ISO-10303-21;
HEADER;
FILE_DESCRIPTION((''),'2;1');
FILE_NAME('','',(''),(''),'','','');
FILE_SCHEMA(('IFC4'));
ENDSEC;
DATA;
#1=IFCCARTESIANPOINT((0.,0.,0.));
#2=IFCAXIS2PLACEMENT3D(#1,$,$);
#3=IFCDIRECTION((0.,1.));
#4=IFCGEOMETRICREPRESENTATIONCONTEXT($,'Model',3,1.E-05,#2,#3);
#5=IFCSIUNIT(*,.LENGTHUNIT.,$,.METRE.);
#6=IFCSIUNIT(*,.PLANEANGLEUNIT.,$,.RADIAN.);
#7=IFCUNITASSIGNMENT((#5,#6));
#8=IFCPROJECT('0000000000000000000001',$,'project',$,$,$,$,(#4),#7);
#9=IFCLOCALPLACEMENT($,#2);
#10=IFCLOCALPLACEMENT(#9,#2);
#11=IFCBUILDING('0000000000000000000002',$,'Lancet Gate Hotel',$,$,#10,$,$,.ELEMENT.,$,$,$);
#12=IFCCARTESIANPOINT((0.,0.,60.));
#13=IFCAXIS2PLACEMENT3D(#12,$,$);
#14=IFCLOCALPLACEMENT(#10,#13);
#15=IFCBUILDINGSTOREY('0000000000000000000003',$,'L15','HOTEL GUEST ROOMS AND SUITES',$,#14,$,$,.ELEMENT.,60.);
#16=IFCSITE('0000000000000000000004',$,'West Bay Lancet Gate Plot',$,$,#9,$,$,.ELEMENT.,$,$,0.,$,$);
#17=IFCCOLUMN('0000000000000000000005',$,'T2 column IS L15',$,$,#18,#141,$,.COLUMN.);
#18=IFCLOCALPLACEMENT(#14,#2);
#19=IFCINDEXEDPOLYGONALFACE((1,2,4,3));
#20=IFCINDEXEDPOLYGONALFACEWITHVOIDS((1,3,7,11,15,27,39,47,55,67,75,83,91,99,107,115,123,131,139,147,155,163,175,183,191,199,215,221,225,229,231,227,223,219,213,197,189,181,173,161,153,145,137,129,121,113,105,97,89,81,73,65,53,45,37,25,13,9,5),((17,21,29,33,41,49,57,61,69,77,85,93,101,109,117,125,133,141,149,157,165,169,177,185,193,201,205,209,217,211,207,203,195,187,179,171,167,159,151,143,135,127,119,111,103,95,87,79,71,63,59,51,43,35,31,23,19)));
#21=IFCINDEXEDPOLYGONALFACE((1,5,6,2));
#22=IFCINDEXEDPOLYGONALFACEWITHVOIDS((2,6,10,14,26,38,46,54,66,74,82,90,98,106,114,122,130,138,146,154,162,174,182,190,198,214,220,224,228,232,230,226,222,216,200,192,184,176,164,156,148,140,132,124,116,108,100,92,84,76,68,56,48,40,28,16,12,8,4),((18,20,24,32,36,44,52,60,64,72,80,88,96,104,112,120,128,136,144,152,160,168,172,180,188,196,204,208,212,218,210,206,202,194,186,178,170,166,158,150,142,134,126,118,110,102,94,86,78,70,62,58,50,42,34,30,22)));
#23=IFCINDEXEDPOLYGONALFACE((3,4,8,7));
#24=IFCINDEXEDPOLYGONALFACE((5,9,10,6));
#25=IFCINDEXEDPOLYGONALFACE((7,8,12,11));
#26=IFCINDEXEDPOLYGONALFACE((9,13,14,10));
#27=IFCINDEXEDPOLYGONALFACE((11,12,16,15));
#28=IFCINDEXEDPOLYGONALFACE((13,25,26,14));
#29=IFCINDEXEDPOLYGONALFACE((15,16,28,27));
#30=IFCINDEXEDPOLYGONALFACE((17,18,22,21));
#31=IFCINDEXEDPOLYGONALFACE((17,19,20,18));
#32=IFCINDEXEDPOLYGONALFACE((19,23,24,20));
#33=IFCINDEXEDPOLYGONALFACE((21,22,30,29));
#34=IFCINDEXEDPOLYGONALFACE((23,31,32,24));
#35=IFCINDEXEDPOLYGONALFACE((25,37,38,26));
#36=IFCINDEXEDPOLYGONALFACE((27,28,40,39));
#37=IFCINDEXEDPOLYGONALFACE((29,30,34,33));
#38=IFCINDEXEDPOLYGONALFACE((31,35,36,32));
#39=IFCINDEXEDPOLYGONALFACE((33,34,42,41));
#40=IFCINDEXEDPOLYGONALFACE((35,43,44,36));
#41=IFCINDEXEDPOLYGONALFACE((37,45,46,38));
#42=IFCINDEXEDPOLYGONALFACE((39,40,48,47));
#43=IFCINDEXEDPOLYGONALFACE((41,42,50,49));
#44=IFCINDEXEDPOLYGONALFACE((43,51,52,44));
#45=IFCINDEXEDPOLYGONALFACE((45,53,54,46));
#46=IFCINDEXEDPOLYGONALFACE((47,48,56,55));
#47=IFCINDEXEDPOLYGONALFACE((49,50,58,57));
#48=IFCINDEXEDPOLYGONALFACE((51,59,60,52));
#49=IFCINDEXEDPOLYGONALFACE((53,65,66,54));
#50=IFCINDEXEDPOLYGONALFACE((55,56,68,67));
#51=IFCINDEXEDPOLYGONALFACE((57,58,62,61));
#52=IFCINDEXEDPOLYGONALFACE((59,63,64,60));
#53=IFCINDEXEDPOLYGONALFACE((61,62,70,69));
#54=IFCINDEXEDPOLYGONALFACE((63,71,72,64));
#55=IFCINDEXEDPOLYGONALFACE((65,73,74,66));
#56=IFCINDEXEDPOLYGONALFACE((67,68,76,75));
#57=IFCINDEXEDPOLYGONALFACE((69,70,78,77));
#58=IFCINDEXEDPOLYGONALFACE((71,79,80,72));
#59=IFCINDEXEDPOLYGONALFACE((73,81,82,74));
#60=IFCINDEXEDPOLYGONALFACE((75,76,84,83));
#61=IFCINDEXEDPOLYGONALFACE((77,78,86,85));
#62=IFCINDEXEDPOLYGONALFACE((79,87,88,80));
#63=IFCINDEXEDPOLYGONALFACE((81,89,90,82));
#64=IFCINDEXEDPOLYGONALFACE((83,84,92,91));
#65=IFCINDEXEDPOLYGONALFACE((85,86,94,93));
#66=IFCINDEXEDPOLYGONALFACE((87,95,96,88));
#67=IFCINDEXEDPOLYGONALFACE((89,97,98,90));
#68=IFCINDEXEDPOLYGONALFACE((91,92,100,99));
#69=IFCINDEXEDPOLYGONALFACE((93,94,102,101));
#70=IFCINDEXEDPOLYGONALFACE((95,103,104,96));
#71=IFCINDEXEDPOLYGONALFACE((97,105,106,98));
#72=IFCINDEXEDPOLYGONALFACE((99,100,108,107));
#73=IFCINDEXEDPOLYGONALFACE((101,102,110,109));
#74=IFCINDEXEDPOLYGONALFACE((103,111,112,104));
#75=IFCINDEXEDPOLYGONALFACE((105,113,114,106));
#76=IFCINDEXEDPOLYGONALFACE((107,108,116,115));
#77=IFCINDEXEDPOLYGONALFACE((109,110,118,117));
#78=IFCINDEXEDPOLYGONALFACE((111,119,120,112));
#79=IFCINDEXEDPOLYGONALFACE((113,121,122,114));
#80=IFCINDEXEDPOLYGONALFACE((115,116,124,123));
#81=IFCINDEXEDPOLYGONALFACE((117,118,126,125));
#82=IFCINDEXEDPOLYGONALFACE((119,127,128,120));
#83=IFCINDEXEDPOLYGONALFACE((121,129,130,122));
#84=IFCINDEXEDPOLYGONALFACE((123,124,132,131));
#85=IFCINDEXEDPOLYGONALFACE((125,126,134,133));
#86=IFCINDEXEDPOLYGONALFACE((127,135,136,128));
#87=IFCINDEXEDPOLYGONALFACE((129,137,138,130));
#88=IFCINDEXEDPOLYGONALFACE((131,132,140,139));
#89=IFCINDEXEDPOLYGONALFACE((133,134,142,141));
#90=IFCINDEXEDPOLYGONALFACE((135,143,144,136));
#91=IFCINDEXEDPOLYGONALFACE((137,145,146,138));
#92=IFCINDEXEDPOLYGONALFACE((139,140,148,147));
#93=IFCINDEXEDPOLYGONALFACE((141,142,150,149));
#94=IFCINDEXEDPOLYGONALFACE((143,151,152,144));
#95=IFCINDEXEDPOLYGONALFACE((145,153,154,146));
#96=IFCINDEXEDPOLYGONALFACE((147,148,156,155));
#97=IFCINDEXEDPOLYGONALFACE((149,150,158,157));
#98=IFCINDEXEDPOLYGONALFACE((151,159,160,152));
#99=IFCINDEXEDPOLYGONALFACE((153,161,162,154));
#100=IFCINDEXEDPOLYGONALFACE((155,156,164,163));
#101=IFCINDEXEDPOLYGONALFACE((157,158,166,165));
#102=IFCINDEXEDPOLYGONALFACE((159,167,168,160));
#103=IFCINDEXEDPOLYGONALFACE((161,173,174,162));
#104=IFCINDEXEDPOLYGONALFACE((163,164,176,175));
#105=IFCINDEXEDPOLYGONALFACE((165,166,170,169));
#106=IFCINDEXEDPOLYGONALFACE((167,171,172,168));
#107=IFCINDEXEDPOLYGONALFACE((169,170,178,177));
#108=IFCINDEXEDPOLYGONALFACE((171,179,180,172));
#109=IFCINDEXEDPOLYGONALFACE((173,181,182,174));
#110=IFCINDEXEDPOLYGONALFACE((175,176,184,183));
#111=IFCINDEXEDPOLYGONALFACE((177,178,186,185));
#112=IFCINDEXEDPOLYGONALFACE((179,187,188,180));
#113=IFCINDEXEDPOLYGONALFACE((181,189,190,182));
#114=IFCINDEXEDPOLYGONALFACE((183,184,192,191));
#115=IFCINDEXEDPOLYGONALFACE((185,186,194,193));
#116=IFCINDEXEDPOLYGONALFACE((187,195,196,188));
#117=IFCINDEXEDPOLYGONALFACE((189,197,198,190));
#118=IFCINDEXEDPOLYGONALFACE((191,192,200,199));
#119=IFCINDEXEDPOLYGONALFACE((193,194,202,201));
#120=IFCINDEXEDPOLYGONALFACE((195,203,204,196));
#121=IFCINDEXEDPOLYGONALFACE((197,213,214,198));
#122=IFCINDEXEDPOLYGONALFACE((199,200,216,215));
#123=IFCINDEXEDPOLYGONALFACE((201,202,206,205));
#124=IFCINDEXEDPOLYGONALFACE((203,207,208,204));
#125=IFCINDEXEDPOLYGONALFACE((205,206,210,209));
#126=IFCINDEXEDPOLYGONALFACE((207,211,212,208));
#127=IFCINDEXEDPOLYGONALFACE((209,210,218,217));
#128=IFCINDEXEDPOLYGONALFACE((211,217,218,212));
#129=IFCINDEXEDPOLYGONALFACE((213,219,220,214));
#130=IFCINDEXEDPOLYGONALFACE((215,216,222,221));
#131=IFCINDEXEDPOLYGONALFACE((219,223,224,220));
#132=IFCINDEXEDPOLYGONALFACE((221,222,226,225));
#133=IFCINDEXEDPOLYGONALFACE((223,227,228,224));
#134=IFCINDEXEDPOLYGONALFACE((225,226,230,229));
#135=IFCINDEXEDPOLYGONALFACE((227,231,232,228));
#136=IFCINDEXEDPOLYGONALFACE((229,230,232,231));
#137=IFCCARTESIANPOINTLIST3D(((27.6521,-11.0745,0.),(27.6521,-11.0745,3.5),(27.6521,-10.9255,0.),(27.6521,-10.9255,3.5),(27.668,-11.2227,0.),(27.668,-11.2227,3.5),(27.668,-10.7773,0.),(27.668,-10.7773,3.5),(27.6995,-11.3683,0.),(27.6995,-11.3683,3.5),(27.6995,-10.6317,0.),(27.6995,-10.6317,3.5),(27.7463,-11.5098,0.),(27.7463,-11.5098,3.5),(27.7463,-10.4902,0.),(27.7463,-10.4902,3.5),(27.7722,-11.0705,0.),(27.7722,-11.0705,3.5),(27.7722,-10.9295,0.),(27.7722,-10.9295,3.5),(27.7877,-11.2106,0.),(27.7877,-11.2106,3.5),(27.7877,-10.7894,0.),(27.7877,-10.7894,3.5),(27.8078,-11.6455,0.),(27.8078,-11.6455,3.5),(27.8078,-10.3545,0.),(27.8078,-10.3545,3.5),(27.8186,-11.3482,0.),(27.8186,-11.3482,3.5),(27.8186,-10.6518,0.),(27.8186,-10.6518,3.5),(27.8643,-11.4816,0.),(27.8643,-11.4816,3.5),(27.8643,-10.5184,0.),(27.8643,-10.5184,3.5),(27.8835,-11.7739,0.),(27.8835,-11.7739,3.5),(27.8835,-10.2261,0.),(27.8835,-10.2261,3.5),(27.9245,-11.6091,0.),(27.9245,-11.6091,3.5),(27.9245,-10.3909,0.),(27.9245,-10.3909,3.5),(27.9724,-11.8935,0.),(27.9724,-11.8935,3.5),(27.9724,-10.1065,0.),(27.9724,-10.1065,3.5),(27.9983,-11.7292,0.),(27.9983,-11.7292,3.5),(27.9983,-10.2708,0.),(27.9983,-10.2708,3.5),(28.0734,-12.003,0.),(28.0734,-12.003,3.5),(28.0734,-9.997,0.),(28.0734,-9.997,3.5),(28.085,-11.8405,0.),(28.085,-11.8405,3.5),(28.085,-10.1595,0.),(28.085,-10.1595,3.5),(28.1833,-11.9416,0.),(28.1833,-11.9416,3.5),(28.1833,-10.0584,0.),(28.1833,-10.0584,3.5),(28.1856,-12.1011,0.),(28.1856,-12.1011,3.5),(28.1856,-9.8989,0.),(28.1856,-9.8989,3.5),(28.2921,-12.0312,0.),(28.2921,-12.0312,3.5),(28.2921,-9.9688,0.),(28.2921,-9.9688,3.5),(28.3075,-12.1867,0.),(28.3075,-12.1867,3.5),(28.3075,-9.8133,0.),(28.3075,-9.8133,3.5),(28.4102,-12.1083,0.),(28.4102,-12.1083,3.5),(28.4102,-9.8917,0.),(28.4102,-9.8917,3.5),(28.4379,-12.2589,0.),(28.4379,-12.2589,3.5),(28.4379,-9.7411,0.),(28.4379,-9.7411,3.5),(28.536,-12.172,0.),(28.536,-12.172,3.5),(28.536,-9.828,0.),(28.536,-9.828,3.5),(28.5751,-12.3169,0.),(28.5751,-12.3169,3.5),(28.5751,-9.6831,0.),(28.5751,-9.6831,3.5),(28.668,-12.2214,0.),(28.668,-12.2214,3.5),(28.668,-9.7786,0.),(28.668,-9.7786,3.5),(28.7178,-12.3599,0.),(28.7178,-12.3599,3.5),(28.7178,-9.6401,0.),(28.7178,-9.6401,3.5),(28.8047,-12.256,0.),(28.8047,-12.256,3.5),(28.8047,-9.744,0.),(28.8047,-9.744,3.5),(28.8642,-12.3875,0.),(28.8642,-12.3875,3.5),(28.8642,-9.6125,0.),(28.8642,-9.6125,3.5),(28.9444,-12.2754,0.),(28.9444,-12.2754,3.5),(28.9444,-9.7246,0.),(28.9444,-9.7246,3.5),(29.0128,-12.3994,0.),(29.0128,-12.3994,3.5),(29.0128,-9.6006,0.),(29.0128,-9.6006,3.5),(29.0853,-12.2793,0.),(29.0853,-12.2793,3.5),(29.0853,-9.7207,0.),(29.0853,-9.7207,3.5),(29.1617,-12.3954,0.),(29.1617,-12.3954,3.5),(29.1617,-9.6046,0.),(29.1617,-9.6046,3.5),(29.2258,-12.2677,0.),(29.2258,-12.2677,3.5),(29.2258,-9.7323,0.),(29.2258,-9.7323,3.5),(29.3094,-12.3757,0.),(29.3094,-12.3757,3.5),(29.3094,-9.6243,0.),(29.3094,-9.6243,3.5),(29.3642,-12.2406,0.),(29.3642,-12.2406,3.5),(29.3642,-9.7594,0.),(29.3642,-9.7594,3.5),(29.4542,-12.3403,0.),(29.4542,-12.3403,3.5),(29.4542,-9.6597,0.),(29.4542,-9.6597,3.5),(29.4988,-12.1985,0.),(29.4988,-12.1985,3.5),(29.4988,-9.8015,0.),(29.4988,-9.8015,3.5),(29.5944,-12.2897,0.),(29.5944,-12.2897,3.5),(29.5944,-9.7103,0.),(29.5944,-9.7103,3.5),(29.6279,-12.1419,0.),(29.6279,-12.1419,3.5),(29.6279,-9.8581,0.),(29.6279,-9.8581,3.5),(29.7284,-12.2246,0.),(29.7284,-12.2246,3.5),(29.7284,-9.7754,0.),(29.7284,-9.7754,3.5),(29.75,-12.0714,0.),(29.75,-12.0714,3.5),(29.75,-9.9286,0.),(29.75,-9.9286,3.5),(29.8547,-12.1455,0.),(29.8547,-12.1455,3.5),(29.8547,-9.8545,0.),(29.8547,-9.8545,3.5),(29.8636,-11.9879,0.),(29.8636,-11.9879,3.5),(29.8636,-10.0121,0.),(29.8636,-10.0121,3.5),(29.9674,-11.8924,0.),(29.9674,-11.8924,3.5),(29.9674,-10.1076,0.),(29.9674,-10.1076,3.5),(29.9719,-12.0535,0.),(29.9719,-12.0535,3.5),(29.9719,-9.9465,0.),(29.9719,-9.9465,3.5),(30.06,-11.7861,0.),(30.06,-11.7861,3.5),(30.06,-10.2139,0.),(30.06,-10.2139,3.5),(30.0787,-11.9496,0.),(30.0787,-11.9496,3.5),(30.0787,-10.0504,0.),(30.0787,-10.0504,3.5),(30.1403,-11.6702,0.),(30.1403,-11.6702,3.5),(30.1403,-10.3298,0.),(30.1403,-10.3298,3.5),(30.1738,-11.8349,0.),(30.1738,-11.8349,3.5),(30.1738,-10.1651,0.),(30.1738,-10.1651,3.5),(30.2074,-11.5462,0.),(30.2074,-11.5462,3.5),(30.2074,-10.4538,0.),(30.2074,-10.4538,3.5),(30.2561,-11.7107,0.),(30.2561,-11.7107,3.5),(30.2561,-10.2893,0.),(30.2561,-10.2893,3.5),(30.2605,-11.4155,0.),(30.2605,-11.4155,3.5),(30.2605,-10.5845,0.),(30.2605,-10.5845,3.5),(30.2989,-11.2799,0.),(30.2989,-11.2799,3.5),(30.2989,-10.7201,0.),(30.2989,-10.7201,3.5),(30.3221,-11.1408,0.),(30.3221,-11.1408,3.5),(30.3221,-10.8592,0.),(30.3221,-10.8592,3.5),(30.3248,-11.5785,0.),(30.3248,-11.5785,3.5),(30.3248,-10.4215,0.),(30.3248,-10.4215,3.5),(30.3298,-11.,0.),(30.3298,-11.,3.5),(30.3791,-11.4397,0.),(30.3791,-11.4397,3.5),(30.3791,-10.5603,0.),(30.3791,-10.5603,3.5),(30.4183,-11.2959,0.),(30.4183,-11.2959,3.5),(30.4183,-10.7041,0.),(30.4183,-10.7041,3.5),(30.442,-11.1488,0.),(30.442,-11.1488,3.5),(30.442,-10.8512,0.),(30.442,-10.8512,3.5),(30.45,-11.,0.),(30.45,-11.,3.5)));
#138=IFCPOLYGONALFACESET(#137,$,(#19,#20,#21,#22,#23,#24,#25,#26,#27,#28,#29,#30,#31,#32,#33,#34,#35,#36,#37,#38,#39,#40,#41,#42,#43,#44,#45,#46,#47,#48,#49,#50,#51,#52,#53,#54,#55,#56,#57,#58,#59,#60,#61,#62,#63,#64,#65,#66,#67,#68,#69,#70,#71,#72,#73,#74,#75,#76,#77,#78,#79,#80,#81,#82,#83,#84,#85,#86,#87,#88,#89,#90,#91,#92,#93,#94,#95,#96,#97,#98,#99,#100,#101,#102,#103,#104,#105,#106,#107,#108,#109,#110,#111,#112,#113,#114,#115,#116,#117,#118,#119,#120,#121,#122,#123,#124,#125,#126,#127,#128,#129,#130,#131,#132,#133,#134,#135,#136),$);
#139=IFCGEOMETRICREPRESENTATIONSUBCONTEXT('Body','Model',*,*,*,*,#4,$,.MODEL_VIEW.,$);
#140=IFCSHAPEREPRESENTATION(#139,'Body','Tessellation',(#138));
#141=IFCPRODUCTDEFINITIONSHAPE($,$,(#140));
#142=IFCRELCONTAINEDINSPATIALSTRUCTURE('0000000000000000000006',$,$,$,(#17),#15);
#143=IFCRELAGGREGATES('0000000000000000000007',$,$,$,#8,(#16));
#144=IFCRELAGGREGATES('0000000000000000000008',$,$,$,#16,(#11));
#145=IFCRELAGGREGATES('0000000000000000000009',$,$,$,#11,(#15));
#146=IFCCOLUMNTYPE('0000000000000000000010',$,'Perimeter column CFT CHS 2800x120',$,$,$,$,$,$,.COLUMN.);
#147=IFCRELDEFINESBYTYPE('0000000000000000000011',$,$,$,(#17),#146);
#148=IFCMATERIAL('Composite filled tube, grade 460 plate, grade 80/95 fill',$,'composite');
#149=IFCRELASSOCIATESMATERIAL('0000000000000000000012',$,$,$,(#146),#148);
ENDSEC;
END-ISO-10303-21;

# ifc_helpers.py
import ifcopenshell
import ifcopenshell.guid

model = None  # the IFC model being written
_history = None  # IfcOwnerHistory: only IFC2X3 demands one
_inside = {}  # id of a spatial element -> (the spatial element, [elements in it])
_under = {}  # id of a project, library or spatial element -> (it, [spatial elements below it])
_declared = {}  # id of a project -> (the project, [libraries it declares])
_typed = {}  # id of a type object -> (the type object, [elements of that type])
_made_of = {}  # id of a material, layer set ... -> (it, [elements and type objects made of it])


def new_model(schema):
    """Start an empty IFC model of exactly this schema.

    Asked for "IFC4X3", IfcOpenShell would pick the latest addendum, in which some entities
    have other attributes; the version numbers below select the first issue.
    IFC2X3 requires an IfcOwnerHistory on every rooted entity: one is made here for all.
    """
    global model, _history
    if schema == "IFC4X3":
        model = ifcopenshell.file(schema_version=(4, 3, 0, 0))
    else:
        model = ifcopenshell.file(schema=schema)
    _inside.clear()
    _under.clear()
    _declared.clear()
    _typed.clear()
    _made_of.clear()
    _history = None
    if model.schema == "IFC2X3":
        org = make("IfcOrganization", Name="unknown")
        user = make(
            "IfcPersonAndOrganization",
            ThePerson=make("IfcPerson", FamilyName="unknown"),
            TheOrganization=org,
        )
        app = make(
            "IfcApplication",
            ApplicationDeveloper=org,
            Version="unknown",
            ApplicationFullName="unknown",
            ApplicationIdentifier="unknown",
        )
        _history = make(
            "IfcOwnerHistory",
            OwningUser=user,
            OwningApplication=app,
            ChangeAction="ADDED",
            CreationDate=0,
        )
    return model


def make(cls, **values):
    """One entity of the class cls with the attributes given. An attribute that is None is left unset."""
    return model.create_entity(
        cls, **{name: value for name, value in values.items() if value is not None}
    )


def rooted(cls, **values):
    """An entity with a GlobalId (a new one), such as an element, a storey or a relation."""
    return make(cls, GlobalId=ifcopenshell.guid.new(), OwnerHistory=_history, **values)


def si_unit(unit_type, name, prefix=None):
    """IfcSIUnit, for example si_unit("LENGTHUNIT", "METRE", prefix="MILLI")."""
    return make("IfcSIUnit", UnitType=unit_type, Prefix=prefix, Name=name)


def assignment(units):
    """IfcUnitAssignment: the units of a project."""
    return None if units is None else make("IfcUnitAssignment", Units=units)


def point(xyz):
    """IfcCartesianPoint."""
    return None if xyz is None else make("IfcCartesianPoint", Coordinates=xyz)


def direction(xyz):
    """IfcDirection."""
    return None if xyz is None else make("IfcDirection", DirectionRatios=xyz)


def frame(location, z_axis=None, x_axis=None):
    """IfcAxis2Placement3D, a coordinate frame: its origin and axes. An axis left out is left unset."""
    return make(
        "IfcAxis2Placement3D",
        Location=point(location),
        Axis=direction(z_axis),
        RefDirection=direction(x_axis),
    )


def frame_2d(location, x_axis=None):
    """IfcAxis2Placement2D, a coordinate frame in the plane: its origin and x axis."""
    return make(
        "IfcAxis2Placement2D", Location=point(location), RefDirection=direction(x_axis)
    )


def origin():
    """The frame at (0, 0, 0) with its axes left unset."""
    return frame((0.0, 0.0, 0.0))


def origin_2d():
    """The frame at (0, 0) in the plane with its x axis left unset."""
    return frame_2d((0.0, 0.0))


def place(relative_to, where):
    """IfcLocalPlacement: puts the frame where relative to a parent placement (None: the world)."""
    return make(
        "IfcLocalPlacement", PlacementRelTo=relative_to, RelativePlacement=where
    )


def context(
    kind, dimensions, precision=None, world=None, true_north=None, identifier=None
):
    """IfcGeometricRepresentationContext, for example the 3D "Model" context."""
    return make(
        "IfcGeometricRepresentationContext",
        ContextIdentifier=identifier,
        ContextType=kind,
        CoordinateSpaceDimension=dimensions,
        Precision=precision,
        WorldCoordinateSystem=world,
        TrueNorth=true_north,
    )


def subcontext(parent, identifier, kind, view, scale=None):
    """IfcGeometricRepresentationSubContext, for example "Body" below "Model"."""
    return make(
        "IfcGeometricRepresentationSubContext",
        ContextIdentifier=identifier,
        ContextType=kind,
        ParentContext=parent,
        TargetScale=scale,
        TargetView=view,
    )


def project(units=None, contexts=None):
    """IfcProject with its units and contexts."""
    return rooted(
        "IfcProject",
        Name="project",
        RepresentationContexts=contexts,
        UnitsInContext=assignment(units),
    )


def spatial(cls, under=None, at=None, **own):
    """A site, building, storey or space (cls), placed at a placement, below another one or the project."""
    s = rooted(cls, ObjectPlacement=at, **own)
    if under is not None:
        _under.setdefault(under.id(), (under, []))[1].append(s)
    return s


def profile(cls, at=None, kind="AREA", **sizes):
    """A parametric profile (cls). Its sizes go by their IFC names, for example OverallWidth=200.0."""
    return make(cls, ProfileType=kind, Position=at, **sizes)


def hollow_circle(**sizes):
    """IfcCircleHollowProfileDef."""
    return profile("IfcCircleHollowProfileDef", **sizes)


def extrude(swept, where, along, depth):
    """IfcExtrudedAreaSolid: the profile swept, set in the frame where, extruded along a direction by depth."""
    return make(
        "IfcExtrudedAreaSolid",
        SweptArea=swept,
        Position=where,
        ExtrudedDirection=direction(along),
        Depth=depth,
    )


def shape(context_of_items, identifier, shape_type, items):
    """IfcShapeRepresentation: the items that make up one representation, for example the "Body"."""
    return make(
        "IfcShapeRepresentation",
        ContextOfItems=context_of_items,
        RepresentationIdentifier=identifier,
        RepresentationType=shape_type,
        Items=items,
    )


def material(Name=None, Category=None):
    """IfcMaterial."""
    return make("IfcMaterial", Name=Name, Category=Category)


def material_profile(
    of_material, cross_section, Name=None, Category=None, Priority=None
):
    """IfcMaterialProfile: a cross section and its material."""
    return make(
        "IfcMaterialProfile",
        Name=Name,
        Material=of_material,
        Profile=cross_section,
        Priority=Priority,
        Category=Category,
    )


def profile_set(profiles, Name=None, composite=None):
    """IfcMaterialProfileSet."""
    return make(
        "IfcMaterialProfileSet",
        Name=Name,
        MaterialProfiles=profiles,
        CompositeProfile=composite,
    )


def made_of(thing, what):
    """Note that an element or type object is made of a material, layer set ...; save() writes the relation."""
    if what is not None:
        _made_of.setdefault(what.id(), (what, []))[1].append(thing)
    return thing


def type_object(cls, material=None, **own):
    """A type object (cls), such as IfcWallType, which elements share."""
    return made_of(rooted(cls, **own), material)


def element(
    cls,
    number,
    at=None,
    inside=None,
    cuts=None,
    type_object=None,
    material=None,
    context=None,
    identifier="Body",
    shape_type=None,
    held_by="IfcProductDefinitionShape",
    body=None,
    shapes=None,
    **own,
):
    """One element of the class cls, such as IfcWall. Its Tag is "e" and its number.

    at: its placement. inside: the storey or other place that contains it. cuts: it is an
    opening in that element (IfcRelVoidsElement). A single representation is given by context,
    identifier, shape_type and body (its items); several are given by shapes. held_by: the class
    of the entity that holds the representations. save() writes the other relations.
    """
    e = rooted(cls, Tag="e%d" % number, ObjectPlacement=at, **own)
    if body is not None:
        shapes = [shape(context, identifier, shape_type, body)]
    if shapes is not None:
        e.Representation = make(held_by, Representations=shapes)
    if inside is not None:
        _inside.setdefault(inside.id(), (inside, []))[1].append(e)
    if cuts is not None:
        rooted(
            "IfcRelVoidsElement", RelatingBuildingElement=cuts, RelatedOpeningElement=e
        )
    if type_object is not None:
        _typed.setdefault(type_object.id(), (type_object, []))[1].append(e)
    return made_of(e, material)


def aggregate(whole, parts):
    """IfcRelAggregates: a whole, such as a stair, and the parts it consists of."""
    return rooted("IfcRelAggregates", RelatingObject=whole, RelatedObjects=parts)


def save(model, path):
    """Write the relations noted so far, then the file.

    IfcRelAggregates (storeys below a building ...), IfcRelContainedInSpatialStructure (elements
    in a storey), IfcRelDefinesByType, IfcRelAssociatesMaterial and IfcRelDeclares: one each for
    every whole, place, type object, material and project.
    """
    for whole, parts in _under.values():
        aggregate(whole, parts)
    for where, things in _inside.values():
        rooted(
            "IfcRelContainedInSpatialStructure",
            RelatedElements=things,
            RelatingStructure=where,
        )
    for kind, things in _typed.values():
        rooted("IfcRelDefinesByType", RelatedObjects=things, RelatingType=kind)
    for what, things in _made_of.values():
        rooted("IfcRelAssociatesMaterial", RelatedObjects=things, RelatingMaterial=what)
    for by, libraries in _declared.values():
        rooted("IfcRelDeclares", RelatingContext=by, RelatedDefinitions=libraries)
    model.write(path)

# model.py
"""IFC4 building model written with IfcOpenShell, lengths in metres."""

from ifc_helpers import new_model, si_unit, direction, frame, origin, origin_2d, place, context, subcontext, project, spatial, hollow_circle, extrude, material, material_profile, profile_set, type_object, element, save


model = new_model("IFC4")

# Units and contexts
model_context = context("Model", 3, precision=1e-05, world=origin(), true_north=direction((0.0, 1.0)))
body_context = subcontext(model_context, "Body", "Model", "MODEL_VIEW")
ifc_project = project(units=[si_unit("LENGTHUNIT", "METRE"), si_unit("PLANEANGLEUNIT", "RADIAN")], contexts=[model_context])

# Site, building, storey
site_placement = place(None, origin())
site = spatial("IfcSite", under=ifc_project, at=site_placement, Name="West Bay Lancet Gate Plot", CompositionType="ELEMENT", RefElevation=0.0)
building_placement = place(site_placement, origin())
building = spatial("IfcBuilding", under=site, at=building_placement, Name="Lancet Gate Hotel", CompositionType="ELEMENT")
storey_placement = place(building_placement, frame((0.0, 0.0, 60.0)))
storey = spatial("IfcBuildingStorey", under=building, at=storey_placement, Name="L15", Description="HOTEL GUEST ROOMS AND SUITES", CompositionType="ELEMENT", Elevation=60.0)

# Column
ifc_material_1 = material(Name="Composite filled tube, grade 460 plate, grade 80/95 fill", Category="composite")
ifc_material_profile_1 = material_profile(ifc_material_1, hollow_circle(Radius=1.3999, WallThickness=0.1201, at=origin_2d()), Name="CHS 2800x120")
ifc_profile_set_1 = profile_set([ifc_material_profile_1], Name="Composite filled tube, grade 460 plate, grade 80/95 fill")
column_type = type_object("IfcColumnType", Name="Perimeter column CFT CHS 2800x120", PredefinedType="COLUMN", material=ifc_profile_set_1)
for number, where, z_axis, x_axis, name in (
    (1, (29.05, -11.0, 0.0), (0.0, 0.0, 1.0), (1.0, 0.0, 0.0), "T2 column IS L15"),
):
    element("IfcColumn", number, at=place(storey_placement, frame(where, z_axis=z_axis, x_axis=x_axis)), inside=storey, type_object=column_type, Name=name, PredefinedType="COLUMN", context=body_context, shape_type="SweptSolid", body=[
        extrude(hollow_circle(Radius=1.3999, WallThickness=0.1201, at=origin_2d()), origin(), (0.0, 0.0, 1.0), 3.5),
    ])

save(model, "model.ifc")
